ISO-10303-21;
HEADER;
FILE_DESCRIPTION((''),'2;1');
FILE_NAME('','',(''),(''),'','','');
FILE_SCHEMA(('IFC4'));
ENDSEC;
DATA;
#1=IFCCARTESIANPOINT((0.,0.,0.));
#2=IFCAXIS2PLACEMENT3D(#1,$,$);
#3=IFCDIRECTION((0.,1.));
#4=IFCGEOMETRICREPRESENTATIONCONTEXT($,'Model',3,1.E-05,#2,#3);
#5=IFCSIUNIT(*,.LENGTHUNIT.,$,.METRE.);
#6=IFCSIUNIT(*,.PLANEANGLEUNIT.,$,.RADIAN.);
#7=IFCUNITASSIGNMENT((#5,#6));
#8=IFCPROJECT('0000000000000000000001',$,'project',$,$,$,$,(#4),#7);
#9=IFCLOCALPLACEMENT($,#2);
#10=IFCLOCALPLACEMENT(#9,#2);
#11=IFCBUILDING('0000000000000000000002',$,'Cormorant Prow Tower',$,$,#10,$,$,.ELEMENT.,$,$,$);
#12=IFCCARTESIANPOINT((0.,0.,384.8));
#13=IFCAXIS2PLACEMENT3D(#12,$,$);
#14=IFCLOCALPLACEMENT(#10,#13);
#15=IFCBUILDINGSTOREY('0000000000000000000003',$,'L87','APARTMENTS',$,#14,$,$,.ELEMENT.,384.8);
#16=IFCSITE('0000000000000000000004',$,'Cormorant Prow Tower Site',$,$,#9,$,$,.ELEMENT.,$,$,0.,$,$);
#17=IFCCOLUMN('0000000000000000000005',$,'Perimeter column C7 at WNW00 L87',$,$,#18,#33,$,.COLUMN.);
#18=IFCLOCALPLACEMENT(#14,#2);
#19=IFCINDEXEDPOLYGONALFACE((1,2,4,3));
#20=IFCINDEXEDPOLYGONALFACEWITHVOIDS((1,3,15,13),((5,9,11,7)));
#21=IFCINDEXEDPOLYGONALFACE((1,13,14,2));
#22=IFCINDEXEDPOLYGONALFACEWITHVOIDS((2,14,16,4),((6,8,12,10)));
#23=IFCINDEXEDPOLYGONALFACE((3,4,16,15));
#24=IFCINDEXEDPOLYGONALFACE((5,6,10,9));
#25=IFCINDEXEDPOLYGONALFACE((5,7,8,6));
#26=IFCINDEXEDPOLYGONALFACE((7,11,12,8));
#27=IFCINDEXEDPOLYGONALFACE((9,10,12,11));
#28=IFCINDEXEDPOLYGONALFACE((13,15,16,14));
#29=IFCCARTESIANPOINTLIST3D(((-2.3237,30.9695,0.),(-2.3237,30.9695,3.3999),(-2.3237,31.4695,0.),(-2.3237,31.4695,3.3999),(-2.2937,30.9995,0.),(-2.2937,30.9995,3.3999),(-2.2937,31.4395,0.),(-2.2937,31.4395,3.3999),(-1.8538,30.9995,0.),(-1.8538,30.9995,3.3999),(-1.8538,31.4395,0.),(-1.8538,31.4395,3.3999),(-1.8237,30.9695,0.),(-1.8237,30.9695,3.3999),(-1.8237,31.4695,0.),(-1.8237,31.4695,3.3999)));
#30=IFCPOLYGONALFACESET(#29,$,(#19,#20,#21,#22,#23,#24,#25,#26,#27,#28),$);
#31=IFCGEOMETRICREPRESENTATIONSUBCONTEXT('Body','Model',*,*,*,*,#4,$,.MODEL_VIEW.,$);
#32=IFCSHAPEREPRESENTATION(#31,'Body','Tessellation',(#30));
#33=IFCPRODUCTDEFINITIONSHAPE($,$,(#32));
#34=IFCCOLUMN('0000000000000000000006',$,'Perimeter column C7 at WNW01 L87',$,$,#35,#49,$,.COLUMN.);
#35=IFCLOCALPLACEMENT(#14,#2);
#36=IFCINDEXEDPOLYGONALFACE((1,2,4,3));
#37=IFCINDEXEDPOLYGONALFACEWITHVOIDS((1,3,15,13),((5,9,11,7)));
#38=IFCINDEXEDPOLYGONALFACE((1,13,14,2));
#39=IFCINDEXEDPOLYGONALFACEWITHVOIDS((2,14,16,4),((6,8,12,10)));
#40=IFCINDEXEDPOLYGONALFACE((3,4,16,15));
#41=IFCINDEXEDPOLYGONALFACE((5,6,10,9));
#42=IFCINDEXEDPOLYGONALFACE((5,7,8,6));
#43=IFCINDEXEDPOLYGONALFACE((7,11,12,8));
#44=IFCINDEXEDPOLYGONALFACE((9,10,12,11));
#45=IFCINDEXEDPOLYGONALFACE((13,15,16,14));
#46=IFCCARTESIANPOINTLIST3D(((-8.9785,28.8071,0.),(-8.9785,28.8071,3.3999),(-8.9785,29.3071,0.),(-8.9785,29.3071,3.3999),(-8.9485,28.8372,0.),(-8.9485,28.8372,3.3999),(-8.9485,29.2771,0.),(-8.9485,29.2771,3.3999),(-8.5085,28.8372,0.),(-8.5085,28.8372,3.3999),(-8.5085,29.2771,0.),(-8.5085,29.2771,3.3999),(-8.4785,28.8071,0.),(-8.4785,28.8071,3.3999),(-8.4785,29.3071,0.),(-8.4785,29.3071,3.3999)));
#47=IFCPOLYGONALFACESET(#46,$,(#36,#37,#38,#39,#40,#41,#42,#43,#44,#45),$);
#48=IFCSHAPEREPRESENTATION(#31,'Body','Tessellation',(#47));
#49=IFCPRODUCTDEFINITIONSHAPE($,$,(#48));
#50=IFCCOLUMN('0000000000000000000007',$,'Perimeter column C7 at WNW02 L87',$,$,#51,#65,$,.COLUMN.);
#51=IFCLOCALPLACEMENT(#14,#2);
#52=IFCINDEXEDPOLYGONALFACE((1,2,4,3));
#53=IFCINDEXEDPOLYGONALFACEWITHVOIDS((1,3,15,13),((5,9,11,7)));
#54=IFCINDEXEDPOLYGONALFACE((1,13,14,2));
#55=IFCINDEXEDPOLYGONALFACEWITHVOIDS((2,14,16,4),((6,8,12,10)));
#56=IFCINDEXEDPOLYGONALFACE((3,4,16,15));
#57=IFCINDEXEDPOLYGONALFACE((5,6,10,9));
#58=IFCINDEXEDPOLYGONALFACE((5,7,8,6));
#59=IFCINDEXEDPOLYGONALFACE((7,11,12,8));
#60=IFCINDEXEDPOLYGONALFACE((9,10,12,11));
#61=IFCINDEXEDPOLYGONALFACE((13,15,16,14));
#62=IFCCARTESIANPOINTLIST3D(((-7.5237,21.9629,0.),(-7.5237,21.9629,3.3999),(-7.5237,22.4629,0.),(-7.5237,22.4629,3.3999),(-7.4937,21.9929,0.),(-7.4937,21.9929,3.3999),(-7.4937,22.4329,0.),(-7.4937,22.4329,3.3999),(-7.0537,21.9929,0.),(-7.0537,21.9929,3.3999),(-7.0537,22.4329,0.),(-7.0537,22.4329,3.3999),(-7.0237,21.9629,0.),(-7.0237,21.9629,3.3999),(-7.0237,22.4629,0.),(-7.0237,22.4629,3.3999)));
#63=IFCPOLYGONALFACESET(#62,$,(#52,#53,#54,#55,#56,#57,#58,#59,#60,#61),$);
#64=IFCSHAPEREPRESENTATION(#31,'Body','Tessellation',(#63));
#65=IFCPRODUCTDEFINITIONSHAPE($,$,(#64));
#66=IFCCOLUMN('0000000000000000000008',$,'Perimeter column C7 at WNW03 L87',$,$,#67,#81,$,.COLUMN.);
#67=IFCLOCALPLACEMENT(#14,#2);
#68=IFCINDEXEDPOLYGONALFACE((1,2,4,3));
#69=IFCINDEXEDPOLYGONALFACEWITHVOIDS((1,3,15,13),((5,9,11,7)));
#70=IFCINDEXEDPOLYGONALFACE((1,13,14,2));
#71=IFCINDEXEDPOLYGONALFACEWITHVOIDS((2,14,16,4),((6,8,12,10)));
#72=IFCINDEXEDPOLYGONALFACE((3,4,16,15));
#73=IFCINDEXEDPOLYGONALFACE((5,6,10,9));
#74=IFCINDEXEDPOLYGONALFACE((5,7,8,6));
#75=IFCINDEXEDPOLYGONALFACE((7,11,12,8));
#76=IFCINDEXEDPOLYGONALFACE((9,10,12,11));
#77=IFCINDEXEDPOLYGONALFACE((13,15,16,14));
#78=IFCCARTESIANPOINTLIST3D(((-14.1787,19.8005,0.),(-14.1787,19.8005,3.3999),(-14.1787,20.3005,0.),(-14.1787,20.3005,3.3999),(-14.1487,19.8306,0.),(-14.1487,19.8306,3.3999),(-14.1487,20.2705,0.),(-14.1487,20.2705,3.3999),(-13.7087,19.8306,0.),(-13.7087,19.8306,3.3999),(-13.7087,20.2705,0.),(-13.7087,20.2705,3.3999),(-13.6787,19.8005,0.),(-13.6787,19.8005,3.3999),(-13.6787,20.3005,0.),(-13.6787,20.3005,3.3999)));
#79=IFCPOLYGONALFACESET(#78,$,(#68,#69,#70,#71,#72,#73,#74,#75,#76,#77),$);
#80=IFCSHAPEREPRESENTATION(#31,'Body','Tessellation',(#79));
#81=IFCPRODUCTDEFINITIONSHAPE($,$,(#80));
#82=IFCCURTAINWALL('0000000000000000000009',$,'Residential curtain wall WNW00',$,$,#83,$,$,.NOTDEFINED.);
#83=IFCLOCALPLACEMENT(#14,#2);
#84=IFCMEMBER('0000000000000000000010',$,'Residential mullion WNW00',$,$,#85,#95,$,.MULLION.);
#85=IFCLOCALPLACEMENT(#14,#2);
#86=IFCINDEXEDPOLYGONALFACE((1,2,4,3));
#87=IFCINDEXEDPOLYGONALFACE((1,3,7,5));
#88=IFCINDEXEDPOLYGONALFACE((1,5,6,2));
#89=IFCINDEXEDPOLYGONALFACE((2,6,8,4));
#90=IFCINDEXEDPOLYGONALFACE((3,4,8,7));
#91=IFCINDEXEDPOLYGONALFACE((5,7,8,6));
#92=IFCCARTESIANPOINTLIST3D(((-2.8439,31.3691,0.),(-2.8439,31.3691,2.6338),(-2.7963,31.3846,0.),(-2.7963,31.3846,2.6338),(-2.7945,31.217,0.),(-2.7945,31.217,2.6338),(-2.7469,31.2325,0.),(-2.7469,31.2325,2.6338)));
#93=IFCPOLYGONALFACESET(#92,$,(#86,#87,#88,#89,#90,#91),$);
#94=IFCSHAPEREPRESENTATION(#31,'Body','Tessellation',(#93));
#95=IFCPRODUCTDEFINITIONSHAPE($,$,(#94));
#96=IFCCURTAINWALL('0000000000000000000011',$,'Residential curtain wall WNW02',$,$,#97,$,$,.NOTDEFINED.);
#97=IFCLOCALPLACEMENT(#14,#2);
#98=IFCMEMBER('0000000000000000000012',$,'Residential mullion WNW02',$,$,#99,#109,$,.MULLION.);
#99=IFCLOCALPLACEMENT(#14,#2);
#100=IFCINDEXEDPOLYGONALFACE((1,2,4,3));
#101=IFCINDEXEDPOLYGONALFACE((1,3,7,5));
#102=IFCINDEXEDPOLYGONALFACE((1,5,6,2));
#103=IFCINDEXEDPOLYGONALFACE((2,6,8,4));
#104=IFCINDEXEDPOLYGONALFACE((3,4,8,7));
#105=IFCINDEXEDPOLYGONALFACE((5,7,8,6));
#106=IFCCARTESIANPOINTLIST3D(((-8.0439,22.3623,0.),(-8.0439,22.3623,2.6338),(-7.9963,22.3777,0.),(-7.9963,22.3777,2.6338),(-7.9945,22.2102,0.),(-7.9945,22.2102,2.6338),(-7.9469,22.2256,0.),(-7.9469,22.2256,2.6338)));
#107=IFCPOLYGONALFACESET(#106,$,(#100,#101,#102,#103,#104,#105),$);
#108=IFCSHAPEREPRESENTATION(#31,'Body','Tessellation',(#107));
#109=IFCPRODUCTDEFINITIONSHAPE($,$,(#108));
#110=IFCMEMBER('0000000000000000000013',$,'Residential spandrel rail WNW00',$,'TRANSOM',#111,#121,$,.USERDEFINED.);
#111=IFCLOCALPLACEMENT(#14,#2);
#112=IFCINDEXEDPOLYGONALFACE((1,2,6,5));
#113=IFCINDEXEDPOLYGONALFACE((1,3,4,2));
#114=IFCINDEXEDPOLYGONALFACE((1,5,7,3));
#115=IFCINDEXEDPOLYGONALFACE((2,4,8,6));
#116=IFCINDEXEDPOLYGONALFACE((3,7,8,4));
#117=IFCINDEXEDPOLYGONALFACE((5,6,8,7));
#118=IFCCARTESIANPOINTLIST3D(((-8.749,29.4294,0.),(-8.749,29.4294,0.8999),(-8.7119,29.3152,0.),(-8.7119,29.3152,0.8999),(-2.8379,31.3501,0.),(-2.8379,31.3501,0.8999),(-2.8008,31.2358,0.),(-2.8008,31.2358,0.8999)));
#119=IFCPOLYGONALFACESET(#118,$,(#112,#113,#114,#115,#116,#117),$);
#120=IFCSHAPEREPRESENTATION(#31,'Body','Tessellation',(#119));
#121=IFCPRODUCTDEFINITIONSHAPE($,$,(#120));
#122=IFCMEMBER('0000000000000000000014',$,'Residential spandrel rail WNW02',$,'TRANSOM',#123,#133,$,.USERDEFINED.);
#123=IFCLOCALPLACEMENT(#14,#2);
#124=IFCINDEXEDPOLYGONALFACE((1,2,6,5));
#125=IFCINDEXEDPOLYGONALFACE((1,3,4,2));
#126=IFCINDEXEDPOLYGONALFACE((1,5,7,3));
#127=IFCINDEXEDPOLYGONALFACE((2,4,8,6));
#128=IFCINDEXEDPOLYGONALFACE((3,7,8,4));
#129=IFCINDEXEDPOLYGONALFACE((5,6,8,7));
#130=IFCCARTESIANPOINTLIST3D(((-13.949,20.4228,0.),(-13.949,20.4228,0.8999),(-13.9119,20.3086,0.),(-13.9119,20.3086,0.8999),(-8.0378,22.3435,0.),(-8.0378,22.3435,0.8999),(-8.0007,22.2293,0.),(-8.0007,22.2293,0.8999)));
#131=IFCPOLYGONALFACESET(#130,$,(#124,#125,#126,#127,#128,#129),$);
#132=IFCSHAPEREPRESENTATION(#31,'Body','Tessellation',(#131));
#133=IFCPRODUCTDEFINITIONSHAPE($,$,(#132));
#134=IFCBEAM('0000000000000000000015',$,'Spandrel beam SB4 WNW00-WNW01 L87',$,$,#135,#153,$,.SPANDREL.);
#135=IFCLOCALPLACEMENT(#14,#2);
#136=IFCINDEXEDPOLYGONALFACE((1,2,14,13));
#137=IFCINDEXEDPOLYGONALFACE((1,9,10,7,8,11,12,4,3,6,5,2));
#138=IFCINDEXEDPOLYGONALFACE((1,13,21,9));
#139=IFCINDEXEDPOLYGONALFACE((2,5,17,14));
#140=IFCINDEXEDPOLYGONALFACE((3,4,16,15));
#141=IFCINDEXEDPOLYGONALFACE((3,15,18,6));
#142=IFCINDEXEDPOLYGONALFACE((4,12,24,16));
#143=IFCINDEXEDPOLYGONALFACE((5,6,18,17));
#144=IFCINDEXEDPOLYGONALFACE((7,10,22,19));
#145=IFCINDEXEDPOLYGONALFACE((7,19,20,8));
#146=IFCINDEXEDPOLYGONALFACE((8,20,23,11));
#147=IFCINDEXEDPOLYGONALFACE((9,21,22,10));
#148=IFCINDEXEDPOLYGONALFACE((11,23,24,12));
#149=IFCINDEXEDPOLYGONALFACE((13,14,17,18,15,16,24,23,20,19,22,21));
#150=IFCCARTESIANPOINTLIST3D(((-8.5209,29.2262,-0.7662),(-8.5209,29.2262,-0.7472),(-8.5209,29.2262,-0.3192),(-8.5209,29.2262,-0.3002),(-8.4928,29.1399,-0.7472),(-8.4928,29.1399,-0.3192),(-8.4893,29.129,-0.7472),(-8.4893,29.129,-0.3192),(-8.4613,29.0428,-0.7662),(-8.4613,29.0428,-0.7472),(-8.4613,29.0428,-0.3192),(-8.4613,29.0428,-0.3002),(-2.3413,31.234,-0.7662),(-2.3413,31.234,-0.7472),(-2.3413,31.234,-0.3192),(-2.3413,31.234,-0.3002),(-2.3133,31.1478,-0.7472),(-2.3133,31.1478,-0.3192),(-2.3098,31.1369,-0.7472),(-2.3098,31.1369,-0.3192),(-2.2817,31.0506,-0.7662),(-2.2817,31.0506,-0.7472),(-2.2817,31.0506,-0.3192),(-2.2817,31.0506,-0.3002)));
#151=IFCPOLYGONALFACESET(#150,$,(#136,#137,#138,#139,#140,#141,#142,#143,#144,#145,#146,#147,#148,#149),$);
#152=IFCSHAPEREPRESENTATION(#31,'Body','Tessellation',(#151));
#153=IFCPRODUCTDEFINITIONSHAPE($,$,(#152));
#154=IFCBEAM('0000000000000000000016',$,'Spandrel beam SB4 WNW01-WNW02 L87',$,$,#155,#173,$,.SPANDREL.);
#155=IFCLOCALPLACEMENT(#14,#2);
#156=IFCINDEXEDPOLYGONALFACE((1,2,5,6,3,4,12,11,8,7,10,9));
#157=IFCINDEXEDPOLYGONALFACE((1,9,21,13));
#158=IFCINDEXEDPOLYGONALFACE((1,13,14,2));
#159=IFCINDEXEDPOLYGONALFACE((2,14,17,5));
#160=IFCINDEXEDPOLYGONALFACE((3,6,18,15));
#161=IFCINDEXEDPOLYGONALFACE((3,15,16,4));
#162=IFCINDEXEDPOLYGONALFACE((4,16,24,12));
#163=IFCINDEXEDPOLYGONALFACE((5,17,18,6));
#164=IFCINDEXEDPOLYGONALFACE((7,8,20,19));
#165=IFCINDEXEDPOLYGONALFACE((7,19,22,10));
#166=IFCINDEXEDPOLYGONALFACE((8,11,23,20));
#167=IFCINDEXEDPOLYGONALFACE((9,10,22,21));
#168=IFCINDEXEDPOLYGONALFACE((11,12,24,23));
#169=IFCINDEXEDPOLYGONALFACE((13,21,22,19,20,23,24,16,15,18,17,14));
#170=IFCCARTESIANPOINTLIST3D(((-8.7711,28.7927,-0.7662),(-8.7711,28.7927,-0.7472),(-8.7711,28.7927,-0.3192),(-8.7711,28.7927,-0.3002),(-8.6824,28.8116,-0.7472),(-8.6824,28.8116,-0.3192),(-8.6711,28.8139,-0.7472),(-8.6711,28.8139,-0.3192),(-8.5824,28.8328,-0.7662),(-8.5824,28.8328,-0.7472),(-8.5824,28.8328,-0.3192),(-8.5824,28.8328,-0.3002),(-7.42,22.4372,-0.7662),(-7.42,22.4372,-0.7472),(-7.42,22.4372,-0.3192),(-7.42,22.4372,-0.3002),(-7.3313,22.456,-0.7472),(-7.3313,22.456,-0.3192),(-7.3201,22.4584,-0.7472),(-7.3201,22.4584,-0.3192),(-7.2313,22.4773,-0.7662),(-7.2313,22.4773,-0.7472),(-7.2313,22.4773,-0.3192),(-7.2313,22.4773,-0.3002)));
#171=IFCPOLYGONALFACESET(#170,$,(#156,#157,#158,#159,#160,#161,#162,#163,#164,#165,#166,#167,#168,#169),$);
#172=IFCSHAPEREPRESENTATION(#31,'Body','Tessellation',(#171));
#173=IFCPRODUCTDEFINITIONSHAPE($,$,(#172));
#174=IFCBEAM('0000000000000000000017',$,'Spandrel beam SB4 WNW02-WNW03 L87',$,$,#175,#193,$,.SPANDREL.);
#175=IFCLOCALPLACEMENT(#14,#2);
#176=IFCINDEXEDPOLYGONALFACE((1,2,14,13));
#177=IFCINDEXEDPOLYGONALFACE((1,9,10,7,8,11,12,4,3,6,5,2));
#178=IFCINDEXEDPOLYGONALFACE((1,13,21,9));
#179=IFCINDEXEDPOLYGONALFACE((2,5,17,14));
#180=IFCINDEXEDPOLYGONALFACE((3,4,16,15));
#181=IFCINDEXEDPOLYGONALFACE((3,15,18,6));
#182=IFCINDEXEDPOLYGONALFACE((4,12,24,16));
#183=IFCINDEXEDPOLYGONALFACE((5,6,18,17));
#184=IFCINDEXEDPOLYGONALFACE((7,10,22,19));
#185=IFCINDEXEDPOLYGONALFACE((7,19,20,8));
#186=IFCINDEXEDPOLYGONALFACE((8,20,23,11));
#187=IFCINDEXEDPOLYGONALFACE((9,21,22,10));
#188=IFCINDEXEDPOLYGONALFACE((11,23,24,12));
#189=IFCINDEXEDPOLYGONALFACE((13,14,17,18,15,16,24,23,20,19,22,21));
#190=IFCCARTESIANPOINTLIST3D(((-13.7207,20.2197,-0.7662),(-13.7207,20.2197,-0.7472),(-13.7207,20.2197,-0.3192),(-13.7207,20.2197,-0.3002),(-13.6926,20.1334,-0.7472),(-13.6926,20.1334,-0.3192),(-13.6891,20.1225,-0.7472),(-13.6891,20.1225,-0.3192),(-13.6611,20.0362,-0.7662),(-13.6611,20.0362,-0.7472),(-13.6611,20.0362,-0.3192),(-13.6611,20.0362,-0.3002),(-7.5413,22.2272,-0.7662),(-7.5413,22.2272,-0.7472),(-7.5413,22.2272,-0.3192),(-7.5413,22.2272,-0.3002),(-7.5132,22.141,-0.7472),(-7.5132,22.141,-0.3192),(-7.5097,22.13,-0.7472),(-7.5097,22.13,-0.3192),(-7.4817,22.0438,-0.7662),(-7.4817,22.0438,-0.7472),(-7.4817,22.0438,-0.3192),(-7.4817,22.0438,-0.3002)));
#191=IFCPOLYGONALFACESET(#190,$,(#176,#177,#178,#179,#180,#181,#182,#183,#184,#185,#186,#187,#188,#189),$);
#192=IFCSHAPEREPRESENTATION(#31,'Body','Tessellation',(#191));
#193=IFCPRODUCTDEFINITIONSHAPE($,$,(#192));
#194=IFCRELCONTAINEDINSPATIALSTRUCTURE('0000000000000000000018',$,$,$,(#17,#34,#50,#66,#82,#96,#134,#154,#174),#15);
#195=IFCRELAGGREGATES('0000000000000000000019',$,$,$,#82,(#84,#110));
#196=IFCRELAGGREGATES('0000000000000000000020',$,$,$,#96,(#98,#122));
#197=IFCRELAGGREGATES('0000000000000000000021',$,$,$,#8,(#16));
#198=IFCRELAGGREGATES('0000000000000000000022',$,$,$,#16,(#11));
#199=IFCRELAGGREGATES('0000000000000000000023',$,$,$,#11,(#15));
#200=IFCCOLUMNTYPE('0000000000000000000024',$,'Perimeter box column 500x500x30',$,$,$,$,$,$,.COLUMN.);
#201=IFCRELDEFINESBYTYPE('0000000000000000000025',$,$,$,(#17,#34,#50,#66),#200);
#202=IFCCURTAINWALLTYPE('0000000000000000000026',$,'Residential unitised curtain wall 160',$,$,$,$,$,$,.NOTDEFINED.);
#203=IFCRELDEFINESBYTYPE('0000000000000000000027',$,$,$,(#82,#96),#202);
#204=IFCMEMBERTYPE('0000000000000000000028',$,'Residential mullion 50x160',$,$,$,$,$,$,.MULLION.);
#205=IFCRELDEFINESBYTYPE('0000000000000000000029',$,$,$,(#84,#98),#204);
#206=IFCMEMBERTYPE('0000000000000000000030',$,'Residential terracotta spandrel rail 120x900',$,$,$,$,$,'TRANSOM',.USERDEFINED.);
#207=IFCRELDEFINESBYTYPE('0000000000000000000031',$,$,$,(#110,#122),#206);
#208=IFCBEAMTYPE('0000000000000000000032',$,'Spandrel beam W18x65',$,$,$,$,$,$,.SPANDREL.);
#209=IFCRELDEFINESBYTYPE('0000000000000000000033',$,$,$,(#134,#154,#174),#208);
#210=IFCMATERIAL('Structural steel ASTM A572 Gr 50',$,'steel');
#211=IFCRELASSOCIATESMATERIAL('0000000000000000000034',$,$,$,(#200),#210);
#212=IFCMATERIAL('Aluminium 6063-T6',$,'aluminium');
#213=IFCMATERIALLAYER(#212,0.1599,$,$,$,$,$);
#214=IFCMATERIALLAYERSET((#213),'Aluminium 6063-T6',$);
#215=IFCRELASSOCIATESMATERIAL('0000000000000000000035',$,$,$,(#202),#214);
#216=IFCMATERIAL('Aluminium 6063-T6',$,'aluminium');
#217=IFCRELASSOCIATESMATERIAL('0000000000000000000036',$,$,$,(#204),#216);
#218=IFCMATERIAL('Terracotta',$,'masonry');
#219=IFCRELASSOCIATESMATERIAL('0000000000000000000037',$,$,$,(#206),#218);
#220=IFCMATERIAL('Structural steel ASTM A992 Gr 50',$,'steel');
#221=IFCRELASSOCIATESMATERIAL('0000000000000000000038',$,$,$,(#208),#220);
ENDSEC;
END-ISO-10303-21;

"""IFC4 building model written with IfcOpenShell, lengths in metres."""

from ifc_helpers import new_model, si_unit, direction, frame, origin, origin_2d, place, context, subcontext, project, spatial, rectangle, hollow_rectangle, i_section, extrude, material, layer, layer_set, material_profile, profile_set, type_object, element, aggregate, save


model = new_model("IFC4")

# Units and contexts
model_context = context("Model", 3, precision=1e-05, world=origin(), true_north=direction((0.0, 1.0)))
body_context = subcontext(model_context, "Body", "Model", "MODEL_VIEW")
ifc_project = project(units=[si_unit("LENGTHUNIT", "METRE"), si_unit("PLANEANGLEUNIT", "RADIAN")], contexts=[model_context])

# Site, building, storey
site_placement = place(None, origin())
site = spatial("IfcSite", under=ifc_project, at=site_placement, Name="Cormorant Prow Tower Site", CompositionType="ELEMENT", RefElevation=0.0)
building_placement = place(site_placement, origin())
building = spatial("IfcBuilding", under=site, at=building_placement, Name="Cormorant Prow Tower", CompositionType="ELEMENT")
storey_placement = place(building_placement, frame((0.0, 0.0, 384.8)))
storey = spatial("IfcBuildingStorey", under=building, at=storey_placement, Name="L87", Description="APARTMENTS", CompositionType="ELEMENT", Elevation=384.8)

# Columns
ifc_material_1 = material(Name="Structural steel ASTM A572 Gr 50", Category="steel")
ifc_material_profile_1 = material_profile(ifc_material_1, hollow_rectangle(XDim=0.5, YDim=0.5, WallThickness=0.03, at=origin_2d()), Name="Box 500x500x30")
ifc_profile_set_1 = profile_set([ifc_material_profile_1], Name="Structural steel ASTM A572 Gr 50")
column_type = type_object("IfcColumnType", Name="Perimeter box column 500x500x30", PredefinedType="COLUMN", material=ifc_profile_set_1)
for number, where, z_axis, x_axis, name in (
    (1, (-2.0737, 31.2195, 0.0), (0.0, 0.0, 1.0), (1.0, 0.0, 0.0), "Perimeter column C7 at WNW00 L87"),
    (2, (-8.7285, 29.0571, 0.0), (0.0, 0.0, 1.0), (1.0, 0.0, 0.0), "Perimeter column C7 at WNW01 L87"),
    (3, (-7.2737, 22.2129, 0.0), (0.0, 0.0, 1.0), (1.0, 0.0, 0.0), "Perimeter column C7 at WNW02 L87"),
    (4, (-13.9287, 20.0505, 0.0), (0.0, 0.0, 1.0), (1.0, 0.0, 0.0), "Perimeter column C7 at WNW03 L87"),
):
    element("IfcColumn", number, at=place(storey_placement, frame(where, z_axis=z_axis, x_axis=x_axis)), inside=storey, type_object=column_type, Name=name, PredefinedType="COLUMN", context=body_context, shape_type="SweptSolid", body=[
        extrude(hollow_rectangle(XDim=0.5, YDim=0.5, WallThickness=0.03, at=origin_2d()), origin(), (0.0, 0.0, 1.0), 3.3999),
    ])

# Curtain walls, members
ifc_material_2 = material(Name="Aluminium 6063-T6", Category="aluminium")
ifc_layer_1 = layer(ifc_material_2, 0.1599)
ifc_layer_set_1 = layer_set([ifc_layer_1], Name="Aluminium 6063-T6")
curtain_wall_type = type_object("IfcCurtainWallType", Name="Residential unitised curtain wall 160", PredefinedType="NOTDEFINED", material=ifc_layer_set_1)
curtain_wall_1_placement = place(storey_placement, origin())
curtain_wall_1 = element("IfcCurtainWall", 5, at=curtain_wall_1_placement, inside=storey, type_object=curtain_wall_type, Name="Residential curtain wall WNW00", PredefinedType="NOTDEFINED")
ifc_material_3 = material(Name="Aluminium 6063-T6", Category="aluminium")
ifc_material_profile_2 = material_profile(ifc_material_3, rectangle(XDim=0.1599, YDim=0.05, at=origin_2d()), Name="Residential mullion 50x160")
ifc_profile_set_2 = profile_set([ifc_material_profile_2], Name="Aluminium 6063-T6")
member_type_1 = type_object("IfcMemberType", Name="Residential mullion 50x160", PredefinedType="MULLION", material=ifc_profile_set_2)
member_1_placement = place(storey_placement, frame((-2.7954, 31.3008, 0.0), z_axis=(0.0, 0.0, 1.0), x_axis=(0.309017, -0.951057, 0.0)))
member_1 = element("IfcMember", 6, at=member_1_placement, type_object=member_type_1, Name="Residential mullion WNW00", PredefinedType="MULLION", context=body_context, shape_type="SweptSolid", body=[
    extrude(rectangle(XDim=0.1599, YDim=0.05, at=origin_2d()), origin(), (0.0, 0.0, 1.0), 2.6338),
])
curtain_wall_2_placement = place(storey_placement, origin())
curtain_wall_2 = element("IfcCurtainWall", 7, at=curtain_wall_2_placement, inside=storey, type_object=curtain_wall_type, Name="Residential curtain wall WNW02", PredefinedType="NOTDEFINED")
member_2_placement = place(storey_placement, frame((-7.9954, 22.2939, 0.0), z_axis=(0.0, 0.0, 1.0), x_axis=(0.309017, -0.951057, 0.0)))
member_2 = element("IfcMember", 8, at=member_2_placement, type_object=member_type_1, Name="Residential mullion WNW02", PredefinedType="MULLION", context=body_context, shape_type="SweptSolid", body=[
    extrude(rectangle(XDim=0.1599, YDim=0.05, at=origin_2d()), origin(), (0.0, 0.0, 1.0), 2.6338),
])

# Members
ifc_material_4 = material(Name="Terracotta", Category="masonry")
ifc_material_profile_3 = material_profile(ifc_material_4, rectangle(XDim=0.1201, YDim=0.8999, at=origin_2d()), Name="Residential terracotta spandrel rail 120x900")
ifc_profile_set_3 = profile_set([ifc_material_profile_3], Name="Terracotta")
member_type_2 = type_object("IfcMemberType", Name="Residential terracotta spandrel rail 120x900", ElementType="TRANSOM", PredefinedType="USERDEFINED", material=ifc_profile_set_3)
member_3_placement = place(storey_placement, frame((-2.8193, 31.293, 0.45), z_axis=(-0.951056, -0.309019, 0.0), x_axis=(0.309019, -0.951056, 0.0)))
member_3 = element("IfcMember", 9, at=member_3_placement, type_object=member_type_2, Name="Residential spandrel rail WNW00", ObjectType="TRANSOM", PredefinedType="USERDEFINED", context=body_context, shape_type="SweptSolid", body=[
    extrude(rectangle(XDim=0.1201, YDim=0.8999, at=origin_2d()), origin(), (0.0, 0.0, 1.0), 6.2153),
])
member_4_placement = place(storey_placement, frame((-8.0193, 22.2864, 0.45), z_axis=(-0.951056, -0.309019, 0.0), x_axis=(0.309019, -0.951056, 0.0)))
member_4 = element("IfcMember", 10, at=member_4_placement, type_object=member_type_2, Name="Residential spandrel rail WNW02", ObjectType="TRANSOM", PredefinedType="USERDEFINED", context=body_context, shape_type="SweptSolid", body=[
    extrude(rectangle(XDim=0.1201, YDim=0.8999, at=origin_2d()), origin(), (0.0, 0.0, 1.0), 6.2153),
])

# Beams
ifc_material_5 = material(Name="Structural steel ASTM A992 Gr 50", Category="steel")
ifc_material_profile_4 = material_profile(ifc_material_5, i_section(OverallWidth=0.1929, OverallDepth=0.4661, WebThickness=0.0115, FlangeThickness=0.019, at=origin_2d()), Name="W18x65")
ifc_profile_set_4 = profile_set([ifc_material_profile_4], Name="Structural steel ASTM A992 Gr 50")
beam_type = type_object("IfcBeamType", Name="Spandrel beam W18x65", PredefinedType="SPANDREL", material=ifc_profile_set_4)
for number, where, z_axis, x_axis, name in (
    (11, (-2.3115, 31.1423, -0.5332), (-0.951057, -0.309016, 0.0), (0.309016, -0.951057, 0.0), "Spandrel beam SB4 WNW00-WNW01 L87"),
    (12, (-8.6768, 28.8127, -0.5332), (0.207938, -0.978142, 0.0), (0.978142, 0.207938, 0.0), "Spandrel beam SB4 WNW01-WNW02 L87"),
):
    element("IfcBeam", number, at=place(storey_placement, frame(where, z_axis=z_axis, x_axis=x_axis)), inside=storey, type_object=beam_type, Name=name, PredefinedType="SPANDREL", context=body_context, shape_type="SweptSolid", body=[
        extrude(i_section(OverallWidth=0.1929, OverallDepth=0.4661, WebThickness=0.0115, FlangeThickness=0.019, at=origin_2d()), origin(), (0.0, 0.0, 1.0), 6.4976),
    ])
beam_placement = place(storey_placement, frame((-7.5115, 22.1355, -0.5332), z_axis=(-0.951068, -0.308982, 0.0), x_axis=(0.308982, -0.951068, 0.0)))
element("IfcBeam", 13, at=beam_placement, inside=storey, type_object=beam_type, Name="Spandrel beam SB4 WNW02-WNW03 L87", PredefinedType="SPANDREL", context=body_context, shape_type="SweptSolid", body=[
    extrude(i_section(OverallWidth=0.1929, OverallDepth=0.4661, WebThickness=0.0115, FlangeThickness=0.019, at=origin_2d()), origin(), (0.0, 0.0, 1.0), 6.4973),
])

aggregate(curtain_wall_1, [member_1, member_3])
aggregate(curtain_wall_2, [member_2, member_4])

save(model, "model.ifc")
